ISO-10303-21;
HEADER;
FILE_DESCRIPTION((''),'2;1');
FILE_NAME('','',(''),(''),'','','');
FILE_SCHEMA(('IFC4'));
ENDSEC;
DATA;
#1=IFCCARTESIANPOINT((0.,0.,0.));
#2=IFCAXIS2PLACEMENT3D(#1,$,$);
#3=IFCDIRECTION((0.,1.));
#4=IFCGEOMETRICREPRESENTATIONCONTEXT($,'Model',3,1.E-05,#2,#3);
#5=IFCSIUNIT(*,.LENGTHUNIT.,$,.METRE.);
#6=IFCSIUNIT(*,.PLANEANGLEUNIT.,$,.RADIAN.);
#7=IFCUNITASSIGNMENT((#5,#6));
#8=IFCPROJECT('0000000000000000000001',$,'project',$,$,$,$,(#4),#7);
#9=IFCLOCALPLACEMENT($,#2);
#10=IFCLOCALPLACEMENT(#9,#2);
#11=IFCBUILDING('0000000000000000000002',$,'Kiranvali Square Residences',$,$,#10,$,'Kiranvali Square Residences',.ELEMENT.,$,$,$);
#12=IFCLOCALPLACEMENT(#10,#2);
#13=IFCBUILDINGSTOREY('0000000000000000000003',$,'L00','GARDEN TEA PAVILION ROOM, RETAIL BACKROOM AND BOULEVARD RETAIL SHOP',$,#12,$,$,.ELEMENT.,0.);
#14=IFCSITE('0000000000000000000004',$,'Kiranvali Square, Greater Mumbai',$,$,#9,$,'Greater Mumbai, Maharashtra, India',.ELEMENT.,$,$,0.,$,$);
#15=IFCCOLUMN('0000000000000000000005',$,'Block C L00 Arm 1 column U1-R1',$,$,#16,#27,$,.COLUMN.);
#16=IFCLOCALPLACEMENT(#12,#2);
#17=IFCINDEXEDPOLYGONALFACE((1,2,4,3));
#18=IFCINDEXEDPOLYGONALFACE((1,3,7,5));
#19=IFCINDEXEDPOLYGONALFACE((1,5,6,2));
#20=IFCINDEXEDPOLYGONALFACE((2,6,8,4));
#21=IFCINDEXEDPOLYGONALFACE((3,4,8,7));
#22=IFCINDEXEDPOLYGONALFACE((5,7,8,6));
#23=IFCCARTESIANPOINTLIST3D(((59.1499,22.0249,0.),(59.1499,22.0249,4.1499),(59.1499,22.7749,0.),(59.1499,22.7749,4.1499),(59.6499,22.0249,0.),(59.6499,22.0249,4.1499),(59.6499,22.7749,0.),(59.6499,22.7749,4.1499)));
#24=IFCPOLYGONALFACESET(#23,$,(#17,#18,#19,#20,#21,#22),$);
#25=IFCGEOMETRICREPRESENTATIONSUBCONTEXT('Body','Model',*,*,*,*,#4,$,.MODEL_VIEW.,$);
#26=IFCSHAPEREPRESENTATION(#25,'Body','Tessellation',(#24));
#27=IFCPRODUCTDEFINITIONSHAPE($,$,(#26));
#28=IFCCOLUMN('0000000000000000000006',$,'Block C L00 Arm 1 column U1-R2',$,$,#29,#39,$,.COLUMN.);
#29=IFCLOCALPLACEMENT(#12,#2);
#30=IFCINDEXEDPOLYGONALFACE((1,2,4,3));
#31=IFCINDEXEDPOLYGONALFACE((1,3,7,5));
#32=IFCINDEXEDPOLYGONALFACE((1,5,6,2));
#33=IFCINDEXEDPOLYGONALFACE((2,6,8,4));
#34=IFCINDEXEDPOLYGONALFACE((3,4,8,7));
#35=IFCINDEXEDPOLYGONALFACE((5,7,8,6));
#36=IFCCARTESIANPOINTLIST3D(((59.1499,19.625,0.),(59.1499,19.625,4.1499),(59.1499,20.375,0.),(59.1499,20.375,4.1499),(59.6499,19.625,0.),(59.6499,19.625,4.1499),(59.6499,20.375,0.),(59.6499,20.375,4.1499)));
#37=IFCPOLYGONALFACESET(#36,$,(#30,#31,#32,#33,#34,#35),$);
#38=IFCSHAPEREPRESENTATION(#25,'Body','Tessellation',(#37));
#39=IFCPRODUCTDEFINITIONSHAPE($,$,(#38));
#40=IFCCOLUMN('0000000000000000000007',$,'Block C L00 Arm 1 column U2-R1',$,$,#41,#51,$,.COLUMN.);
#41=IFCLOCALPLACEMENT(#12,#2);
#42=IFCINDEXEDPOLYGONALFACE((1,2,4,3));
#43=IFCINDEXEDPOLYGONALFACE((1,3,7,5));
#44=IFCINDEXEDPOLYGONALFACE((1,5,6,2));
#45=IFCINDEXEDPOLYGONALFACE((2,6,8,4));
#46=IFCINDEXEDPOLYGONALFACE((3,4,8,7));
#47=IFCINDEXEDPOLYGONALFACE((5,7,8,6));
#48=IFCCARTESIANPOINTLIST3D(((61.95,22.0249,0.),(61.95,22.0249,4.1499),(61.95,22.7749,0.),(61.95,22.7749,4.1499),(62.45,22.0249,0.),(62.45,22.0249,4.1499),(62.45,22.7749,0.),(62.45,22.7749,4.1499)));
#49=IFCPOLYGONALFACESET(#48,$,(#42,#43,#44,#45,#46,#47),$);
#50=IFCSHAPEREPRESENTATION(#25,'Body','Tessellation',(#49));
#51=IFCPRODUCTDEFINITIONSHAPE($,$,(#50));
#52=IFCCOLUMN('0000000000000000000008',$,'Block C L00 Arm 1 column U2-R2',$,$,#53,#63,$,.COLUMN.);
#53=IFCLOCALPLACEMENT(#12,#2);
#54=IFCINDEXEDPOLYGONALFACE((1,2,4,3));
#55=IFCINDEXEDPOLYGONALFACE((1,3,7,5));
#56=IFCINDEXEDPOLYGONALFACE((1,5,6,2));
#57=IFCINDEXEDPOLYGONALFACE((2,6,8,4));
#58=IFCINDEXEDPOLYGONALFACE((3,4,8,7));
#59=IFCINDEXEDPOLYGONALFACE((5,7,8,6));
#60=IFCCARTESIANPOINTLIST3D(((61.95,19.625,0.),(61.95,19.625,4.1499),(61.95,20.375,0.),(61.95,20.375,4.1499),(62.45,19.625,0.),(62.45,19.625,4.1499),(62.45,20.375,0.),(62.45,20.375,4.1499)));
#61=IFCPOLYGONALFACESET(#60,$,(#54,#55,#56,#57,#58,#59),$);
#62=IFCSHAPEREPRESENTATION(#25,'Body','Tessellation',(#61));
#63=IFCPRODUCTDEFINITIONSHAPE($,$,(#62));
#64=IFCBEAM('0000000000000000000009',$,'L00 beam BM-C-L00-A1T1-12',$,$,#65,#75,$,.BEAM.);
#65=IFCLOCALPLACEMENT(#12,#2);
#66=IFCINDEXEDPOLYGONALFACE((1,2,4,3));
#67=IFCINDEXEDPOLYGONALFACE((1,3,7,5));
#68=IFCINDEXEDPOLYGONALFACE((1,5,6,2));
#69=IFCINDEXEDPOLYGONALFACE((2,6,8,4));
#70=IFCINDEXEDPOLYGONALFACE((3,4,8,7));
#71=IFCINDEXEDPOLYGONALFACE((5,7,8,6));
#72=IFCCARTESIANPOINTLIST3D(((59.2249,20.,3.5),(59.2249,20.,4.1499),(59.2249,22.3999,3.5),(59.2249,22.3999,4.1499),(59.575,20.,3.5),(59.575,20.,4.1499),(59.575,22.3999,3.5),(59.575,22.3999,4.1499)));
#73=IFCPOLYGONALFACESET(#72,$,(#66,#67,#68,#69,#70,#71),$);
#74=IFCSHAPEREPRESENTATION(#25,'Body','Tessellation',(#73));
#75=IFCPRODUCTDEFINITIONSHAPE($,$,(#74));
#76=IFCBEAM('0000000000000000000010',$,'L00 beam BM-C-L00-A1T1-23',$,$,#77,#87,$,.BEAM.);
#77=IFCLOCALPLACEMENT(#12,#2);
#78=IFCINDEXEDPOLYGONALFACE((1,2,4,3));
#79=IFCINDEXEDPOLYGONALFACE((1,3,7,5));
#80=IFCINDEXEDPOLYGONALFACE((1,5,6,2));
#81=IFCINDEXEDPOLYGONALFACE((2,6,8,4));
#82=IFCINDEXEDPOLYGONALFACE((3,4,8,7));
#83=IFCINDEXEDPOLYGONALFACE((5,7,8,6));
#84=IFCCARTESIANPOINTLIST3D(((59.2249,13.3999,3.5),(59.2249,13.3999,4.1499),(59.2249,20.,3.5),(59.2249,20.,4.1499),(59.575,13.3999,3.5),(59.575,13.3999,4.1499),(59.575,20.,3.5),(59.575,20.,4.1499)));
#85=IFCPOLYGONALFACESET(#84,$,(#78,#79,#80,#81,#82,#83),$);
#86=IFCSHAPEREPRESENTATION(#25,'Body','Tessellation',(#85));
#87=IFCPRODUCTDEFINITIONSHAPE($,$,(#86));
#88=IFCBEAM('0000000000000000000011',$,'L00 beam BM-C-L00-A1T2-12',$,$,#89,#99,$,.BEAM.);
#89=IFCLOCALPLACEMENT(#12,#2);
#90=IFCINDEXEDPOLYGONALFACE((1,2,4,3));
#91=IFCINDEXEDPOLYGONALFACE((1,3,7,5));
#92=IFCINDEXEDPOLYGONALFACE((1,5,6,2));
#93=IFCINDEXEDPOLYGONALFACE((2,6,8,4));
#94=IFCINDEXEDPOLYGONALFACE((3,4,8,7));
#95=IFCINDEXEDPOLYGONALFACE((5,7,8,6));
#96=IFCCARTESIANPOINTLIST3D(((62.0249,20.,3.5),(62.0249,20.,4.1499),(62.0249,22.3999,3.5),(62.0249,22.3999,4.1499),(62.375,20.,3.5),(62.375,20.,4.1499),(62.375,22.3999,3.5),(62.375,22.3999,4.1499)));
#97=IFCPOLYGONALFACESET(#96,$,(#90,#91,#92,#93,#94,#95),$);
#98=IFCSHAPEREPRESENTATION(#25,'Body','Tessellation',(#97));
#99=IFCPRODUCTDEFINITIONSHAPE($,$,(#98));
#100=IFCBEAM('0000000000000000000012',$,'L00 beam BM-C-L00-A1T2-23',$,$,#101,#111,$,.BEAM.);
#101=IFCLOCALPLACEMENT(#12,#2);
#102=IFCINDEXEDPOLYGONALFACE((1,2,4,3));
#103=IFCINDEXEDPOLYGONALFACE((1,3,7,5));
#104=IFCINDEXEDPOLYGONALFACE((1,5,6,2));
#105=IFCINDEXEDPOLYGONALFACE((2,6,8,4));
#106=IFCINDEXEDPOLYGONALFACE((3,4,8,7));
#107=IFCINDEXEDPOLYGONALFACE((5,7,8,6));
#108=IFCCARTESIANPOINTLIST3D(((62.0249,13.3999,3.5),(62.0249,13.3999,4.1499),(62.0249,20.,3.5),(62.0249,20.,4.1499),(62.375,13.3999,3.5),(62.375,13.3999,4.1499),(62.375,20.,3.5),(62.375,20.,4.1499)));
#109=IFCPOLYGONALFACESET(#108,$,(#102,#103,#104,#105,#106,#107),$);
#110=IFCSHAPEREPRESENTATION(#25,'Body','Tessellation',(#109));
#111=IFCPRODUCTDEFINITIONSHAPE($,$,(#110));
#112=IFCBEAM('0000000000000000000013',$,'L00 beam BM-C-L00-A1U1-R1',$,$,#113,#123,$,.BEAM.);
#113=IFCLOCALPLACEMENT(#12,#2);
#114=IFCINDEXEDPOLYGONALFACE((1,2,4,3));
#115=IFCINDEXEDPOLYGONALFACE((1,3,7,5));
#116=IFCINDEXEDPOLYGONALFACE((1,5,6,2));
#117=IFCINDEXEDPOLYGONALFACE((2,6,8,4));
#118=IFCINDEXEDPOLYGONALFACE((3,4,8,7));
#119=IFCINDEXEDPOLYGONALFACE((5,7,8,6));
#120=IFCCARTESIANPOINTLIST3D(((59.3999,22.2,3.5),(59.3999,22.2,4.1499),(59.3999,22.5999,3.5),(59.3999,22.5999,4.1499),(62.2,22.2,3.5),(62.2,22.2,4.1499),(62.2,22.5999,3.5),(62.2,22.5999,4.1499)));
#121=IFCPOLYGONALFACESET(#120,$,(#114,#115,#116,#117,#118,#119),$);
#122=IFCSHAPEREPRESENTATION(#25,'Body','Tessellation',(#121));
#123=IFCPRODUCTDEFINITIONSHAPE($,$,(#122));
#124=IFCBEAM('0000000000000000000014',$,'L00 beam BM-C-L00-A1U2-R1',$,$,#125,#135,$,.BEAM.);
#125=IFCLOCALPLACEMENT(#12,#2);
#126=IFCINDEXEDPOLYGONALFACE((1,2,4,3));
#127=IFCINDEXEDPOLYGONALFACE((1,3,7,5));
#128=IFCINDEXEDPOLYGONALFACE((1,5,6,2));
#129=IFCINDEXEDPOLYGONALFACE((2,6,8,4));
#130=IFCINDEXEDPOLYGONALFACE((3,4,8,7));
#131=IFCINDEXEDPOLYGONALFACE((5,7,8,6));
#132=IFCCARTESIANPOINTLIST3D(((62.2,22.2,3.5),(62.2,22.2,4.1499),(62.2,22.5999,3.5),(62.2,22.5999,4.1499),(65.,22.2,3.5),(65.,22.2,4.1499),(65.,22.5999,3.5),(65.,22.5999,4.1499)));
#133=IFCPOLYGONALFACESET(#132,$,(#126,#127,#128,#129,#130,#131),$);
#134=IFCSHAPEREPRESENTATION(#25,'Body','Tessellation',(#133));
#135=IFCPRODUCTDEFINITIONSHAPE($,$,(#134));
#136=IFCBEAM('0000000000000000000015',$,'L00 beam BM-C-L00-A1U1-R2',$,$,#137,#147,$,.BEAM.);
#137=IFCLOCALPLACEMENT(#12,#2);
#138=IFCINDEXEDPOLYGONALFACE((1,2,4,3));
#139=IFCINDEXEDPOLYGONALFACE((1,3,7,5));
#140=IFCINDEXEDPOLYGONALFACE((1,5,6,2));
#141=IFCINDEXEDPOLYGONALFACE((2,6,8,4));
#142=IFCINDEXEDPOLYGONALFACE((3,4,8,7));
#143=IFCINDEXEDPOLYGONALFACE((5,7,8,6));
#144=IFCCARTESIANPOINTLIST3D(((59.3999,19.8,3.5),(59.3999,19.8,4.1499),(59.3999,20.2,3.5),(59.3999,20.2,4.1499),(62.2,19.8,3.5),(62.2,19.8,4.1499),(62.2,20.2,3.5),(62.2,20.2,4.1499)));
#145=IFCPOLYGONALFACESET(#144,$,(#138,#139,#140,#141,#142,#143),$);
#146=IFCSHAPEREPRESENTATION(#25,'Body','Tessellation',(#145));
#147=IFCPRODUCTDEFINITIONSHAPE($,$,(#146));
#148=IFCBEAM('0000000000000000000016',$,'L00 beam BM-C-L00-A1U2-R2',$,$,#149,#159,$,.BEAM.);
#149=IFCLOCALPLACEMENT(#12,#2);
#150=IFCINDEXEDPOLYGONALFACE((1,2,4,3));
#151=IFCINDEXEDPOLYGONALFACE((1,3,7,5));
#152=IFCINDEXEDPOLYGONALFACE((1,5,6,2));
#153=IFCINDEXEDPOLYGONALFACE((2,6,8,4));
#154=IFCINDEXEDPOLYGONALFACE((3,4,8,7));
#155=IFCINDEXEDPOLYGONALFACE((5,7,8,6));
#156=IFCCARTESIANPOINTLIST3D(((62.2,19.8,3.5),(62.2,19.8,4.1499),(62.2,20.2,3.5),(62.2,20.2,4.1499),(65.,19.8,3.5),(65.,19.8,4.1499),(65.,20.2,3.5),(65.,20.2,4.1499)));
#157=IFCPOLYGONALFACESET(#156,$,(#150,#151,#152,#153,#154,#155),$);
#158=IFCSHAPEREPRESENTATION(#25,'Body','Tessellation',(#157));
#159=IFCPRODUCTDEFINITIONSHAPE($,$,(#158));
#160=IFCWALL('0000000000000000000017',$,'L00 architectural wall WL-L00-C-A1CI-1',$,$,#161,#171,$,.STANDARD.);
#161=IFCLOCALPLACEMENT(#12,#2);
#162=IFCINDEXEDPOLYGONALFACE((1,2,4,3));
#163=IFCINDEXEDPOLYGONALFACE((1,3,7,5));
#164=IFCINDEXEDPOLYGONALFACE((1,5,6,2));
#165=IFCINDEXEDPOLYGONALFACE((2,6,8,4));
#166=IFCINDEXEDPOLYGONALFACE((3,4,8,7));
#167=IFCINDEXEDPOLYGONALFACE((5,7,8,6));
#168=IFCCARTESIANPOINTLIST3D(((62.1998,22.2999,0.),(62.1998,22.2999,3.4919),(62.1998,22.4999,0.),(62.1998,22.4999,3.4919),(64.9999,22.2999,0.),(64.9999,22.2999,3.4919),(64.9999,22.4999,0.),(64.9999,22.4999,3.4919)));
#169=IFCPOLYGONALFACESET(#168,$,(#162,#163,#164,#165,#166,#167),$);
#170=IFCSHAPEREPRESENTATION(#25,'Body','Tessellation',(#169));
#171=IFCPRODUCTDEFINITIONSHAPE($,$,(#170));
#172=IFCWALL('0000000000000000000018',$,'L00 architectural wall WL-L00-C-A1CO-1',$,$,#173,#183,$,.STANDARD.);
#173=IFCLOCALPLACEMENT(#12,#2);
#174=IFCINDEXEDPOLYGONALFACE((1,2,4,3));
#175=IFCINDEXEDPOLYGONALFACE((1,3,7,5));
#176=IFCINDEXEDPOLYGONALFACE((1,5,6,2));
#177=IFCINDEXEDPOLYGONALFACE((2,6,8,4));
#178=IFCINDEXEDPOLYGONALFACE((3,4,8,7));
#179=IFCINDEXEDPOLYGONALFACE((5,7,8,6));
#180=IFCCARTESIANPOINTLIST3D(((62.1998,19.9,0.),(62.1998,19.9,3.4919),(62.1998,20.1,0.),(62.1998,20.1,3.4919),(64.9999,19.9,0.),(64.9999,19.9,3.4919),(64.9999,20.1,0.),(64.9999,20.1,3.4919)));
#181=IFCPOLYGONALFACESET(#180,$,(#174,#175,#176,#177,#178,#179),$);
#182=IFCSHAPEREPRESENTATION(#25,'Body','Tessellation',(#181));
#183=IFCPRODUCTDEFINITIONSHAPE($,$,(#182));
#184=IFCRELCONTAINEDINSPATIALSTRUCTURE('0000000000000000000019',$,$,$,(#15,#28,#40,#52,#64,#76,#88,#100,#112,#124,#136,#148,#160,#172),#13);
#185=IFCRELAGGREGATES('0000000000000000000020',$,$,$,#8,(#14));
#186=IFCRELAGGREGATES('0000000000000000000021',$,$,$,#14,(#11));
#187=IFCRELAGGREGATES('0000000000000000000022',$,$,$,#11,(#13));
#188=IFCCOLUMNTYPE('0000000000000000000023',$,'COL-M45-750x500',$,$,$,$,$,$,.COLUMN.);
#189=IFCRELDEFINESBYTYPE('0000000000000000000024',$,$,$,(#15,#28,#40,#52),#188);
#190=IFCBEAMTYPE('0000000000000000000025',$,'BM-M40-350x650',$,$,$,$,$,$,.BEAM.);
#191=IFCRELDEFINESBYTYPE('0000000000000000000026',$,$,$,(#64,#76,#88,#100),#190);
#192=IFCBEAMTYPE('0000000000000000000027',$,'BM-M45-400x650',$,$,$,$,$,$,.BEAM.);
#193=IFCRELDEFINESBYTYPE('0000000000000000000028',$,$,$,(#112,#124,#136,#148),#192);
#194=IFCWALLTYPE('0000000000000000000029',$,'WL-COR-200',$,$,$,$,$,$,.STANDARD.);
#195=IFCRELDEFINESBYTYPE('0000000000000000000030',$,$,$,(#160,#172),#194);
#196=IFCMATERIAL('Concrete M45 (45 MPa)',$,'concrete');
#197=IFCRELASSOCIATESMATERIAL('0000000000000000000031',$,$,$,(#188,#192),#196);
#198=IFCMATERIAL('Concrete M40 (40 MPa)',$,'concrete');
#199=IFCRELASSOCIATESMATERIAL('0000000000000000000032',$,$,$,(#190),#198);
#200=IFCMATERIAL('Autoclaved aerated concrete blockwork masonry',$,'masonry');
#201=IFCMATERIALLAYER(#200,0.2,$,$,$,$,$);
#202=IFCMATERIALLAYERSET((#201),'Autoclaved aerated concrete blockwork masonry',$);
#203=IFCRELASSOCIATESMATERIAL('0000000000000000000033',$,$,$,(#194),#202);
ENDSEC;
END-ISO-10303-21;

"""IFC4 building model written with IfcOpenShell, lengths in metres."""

from ifc_helpers import new_model, si_unit, direction, frame, frame_2d, origin, origin_2d, place, context, subcontext, project, spatial, rectangle, extrude, material, layer, layer_set, material_profile, profile_set, type_object, element, save


model = new_model("IFC4")

# Units and contexts
model_context = context("Model", 3, precision=1e-05, world=origin(), true_north=direction((0.0, 1.0)))
body_context = subcontext(model_context, "Body", "Model", "MODEL_VIEW")
ifc_project = project(units=[si_unit("LENGTHUNIT", "METRE"), si_unit("PLANEANGLEUNIT", "RADIAN")], contexts=[model_context])

# Site, building, storey
site_placement = place(None, origin())
site = spatial("IfcSite", under=ifc_project, at=site_placement, Name="Kiranvali Square, Greater Mumbai", LongName="Greater Mumbai, Maharashtra, India", CompositionType="ELEMENT", RefElevation=0.0)
building_placement = place(site_placement, origin())
building = spatial("IfcBuilding", under=site, at=building_placement, Name="Kiranvali Square Residences", LongName="Kiranvali Square Residences", CompositionType="ELEMENT")
storey_placement = place(building_placement, origin())
storey = spatial("IfcBuildingStorey", under=building, at=storey_placement, Name="L00", Description="GARDEN TEA PAVILION ROOM, RETAIL BACKROOM AND BOULEVARD RETAIL SHOP", CompositionType="ELEMENT", Elevation=0.0)

# Columns
ifc_material_1 = material(Name="Concrete M45 (45 MPa)", Category="concrete")
ifc_material_profile_1 = material_profile(ifc_material_1, rectangle(XDim=0.5, YDim=0.75, at=origin_2d()), Name="RC 750x500")
ifc_profile_set_1 = profile_set([ifc_material_profile_1], Name="Concrete M45 (45 MPa)")
column_type = type_object("IfcColumnType", Name="COL-M45-750x500", PredefinedType="COLUMN", material=ifc_profile_set_1)
for number, where, z_axis, x_axis, name in (
    (1, (59.3999, 22.3999, 0.0), (0.0, 0.0, 1.0), (1.0, 0.0, 0.0), "Block C L00 Arm 1 column U1-R1"),
    (2, (59.3999, 20.0, 0.0), (0.0, 0.0, 1.0), (1.0, 0.0, 0.0), "Block C L00 Arm 1 column U1-R2"),
    (3, (62.2, 22.3999, 0.0), (0.0, 0.0, 1.0), (1.0, 0.0, 0.0), "Block C L00 Arm 1 column U2-R1"),
    (4, (62.2, 20.0, 0.0), (0.0, 0.0, 1.0), (1.0, 0.0, 0.0), "Block C L00 Arm 1 column U2-R2"),
):
    element("IfcColumn", number, at=place(storey_placement, frame(where, z_axis=z_axis, x_axis=x_axis)), inside=storey, type_object=column_type, Name=name, PredefinedType="COLUMN", context=body_context, shape_type="SweptSolid", body=[
        extrude(rectangle(XDim=0.5, YDim=0.75, at=origin_2d()), origin(), (0.0, 0.0, 1.0), 4.1499),
    ])

# Beams
ifc_material_2 = material(Name="Concrete M40 (40 MPa)", Category="concrete")
ifc_material_profile_2 = material_profile(ifc_material_2, rectangle(XDim=0.3501, YDim=0.6499, at=origin_2d()), Name="RC 350x650")
ifc_profile_set_2 = profile_set([ifc_material_profile_2], Name="Concrete M40 (40 MPa)")
beam_type_1 = type_object("IfcBeamType", Name="BM-M40-350x650", PredefinedType="BEAM", material=ifc_profile_set_2)
beam_1_placement = place(storey_placement, frame((59.3999, 22.3999, 3.825), z_axis=(0.0, -1.0, 0.0), x_axis=(1.0, 0.0, 0.0)))
element("IfcBeam", 5, at=beam_1_placement, inside=storey, type_object=beam_type_1, Name="L00 beam BM-C-L00-A1T1-12", PredefinedType="BEAM", context=body_context, shape_type="SweptSolid", body=[
    extrude(rectangle(XDim=0.3501, YDim=0.6499, at=origin_2d()), origin(), (0.0, 0.0, 1.0), 2.3999),
])
beam_2_placement = place(storey_placement, frame((59.3999, 20.0, 3.825), z_axis=(0.0, -1.0, 0.0), x_axis=(1.0, 0.0, 0.0)))
element("IfcBeam", 6, at=beam_2_placement, inside=storey, type_object=beam_type_1, Name="L00 beam BM-C-L00-A1T1-23", PredefinedType="BEAM", context=body_context, shape_type="SweptSolid", body=[
    extrude(rectangle(XDim=0.3501, YDim=0.6499, at=origin_2d()), origin(), (0.0, 0.0, 1.0), 6.6001),
])
beam_3_placement = place(storey_placement, frame((62.2, 22.3999, 3.825), z_axis=(0.0, -1.0, 0.0), x_axis=(1.0, 0.0, 0.0)))
element("IfcBeam", 7, at=beam_3_placement, inside=storey, type_object=beam_type_1, Name="L00 beam BM-C-L00-A1T2-12", PredefinedType="BEAM", context=body_context, shape_type="SweptSolid", body=[
    extrude(rectangle(XDim=0.3501, YDim=0.6499, at=origin_2d()), origin(), (0.0, 0.0, 1.0), 2.3999),
])
beam_4_placement = place(storey_placement, frame((62.2, 20.0, 3.825), z_axis=(0.0, -1.0, 0.0), x_axis=(1.0, 0.0, 0.0)))
element("IfcBeam", 8, at=beam_4_placement, inside=storey, type_object=beam_type_1, Name="L00 beam BM-C-L00-A1T2-23", PredefinedType="BEAM", context=body_context, shape_type="SweptSolid", body=[
    extrude(rectangle(XDim=0.3501, YDim=0.6499, at=origin_2d()), origin(), (0.0, 0.0, 1.0), 6.6001),
])
ifc_material_profile_3 = material_profile(ifc_material_1, rectangle(XDim=0.3999, YDim=0.6499, at=origin_2d()), Name="RC 400x650")
ifc_profile_set_3 = profile_set([ifc_material_profile_3], Name="Concrete M45 (45 MPa)")
beam_type_2 = type_object("IfcBeamType", Name="BM-M45-400x650", PredefinedType="BEAM", material=ifc_profile_set_3)
for number, where, z_axis, x_axis, name in (
    (9, (59.3999, 22.3999, 3.825), (1.0, 0.0, 0.0), (0.0, 1.0, 0.0), "L00 beam BM-C-L00-A1U1-R1"),
    (10, (62.2, 22.3999, 3.825), (1.0, 0.0, 0.0), (0.0, 1.0, 0.0), "L00 beam BM-C-L00-A1U2-R1"),
    (11, (59.3999, 20.0, 3.825), (1.0, 0.0, 0.0), (0.0, 1.0, 0.0), "L00 beam BM-C-L00-A1U1-R2"),
    (12, (62.2, 20.0, 3.825), (1.0, 0.0, 0.0), (0.0, 1.0, 0.0), "L00 beam BM-C-L00-A1U2-R2"),
):
    element("IfcBeam", number, at=place(storey_placement, frame(where, z_axis=z_axis, x_axis=x_axis)), inside=storey, type_object=beam_type_2, Name=name, PredefinedType="BEAM", context=body_context, shape_type="SweptSolid", body=[
        extrude(rectangle(XDim=0.3999, YDim=0.6499, at=origin_2d()), origin(), (0.0, 0.0, 1.0), 2.8),
    ])

# Shared definitions
ifc_material_3 = material(Name="Autoclaved aerated concrete blockwork masonry", Category="masonry")
ifc_layer_1 = layer(ifc_material_3, 0.2)
ifc_layer_set_1 = layer_set([ifc_layer_1], Name="Autoclaved aerated concrete blockwork masonry")
wall_type_1 = type_object("IfcWallType", Name="WL-COR-200", PredefinedType="STANDARD", material=ifc_layer_set_1)

# Walls
for number, where, z_axis, x_axis, name in (
    (13, (62.2, 22.3999, 0.0), (0.0, 0.0, 1.0), (1.0, 0.0, 0.0), "L00 architectural wall WL-L00-C-A1CI-1"),
    (14, (62.2, 20.0, 0.0), (0.0, 0.0, 1.0), (1.0, 0.0, 0.0), "L00 architectural wall WL-L00-C-A1CO-1"),
):
    element("IfcWall", number, at=place(storey_placement, frame(where, z_axis=z_axis, x_axis=x_axis)), inside=storey, type_object=wall_type_1, Name=name, PredefinedType="STANDARD", context=body_context, shape_type="SweptSolid", body=[
        extrude(rectangle(XDim=2.8, YDim=0.2, at=frame_2d((1.3999, 0.0))), origin(), (0.0, 0.0, 1.0), 3.4919),
    ])

save(model, "model.ifc")
